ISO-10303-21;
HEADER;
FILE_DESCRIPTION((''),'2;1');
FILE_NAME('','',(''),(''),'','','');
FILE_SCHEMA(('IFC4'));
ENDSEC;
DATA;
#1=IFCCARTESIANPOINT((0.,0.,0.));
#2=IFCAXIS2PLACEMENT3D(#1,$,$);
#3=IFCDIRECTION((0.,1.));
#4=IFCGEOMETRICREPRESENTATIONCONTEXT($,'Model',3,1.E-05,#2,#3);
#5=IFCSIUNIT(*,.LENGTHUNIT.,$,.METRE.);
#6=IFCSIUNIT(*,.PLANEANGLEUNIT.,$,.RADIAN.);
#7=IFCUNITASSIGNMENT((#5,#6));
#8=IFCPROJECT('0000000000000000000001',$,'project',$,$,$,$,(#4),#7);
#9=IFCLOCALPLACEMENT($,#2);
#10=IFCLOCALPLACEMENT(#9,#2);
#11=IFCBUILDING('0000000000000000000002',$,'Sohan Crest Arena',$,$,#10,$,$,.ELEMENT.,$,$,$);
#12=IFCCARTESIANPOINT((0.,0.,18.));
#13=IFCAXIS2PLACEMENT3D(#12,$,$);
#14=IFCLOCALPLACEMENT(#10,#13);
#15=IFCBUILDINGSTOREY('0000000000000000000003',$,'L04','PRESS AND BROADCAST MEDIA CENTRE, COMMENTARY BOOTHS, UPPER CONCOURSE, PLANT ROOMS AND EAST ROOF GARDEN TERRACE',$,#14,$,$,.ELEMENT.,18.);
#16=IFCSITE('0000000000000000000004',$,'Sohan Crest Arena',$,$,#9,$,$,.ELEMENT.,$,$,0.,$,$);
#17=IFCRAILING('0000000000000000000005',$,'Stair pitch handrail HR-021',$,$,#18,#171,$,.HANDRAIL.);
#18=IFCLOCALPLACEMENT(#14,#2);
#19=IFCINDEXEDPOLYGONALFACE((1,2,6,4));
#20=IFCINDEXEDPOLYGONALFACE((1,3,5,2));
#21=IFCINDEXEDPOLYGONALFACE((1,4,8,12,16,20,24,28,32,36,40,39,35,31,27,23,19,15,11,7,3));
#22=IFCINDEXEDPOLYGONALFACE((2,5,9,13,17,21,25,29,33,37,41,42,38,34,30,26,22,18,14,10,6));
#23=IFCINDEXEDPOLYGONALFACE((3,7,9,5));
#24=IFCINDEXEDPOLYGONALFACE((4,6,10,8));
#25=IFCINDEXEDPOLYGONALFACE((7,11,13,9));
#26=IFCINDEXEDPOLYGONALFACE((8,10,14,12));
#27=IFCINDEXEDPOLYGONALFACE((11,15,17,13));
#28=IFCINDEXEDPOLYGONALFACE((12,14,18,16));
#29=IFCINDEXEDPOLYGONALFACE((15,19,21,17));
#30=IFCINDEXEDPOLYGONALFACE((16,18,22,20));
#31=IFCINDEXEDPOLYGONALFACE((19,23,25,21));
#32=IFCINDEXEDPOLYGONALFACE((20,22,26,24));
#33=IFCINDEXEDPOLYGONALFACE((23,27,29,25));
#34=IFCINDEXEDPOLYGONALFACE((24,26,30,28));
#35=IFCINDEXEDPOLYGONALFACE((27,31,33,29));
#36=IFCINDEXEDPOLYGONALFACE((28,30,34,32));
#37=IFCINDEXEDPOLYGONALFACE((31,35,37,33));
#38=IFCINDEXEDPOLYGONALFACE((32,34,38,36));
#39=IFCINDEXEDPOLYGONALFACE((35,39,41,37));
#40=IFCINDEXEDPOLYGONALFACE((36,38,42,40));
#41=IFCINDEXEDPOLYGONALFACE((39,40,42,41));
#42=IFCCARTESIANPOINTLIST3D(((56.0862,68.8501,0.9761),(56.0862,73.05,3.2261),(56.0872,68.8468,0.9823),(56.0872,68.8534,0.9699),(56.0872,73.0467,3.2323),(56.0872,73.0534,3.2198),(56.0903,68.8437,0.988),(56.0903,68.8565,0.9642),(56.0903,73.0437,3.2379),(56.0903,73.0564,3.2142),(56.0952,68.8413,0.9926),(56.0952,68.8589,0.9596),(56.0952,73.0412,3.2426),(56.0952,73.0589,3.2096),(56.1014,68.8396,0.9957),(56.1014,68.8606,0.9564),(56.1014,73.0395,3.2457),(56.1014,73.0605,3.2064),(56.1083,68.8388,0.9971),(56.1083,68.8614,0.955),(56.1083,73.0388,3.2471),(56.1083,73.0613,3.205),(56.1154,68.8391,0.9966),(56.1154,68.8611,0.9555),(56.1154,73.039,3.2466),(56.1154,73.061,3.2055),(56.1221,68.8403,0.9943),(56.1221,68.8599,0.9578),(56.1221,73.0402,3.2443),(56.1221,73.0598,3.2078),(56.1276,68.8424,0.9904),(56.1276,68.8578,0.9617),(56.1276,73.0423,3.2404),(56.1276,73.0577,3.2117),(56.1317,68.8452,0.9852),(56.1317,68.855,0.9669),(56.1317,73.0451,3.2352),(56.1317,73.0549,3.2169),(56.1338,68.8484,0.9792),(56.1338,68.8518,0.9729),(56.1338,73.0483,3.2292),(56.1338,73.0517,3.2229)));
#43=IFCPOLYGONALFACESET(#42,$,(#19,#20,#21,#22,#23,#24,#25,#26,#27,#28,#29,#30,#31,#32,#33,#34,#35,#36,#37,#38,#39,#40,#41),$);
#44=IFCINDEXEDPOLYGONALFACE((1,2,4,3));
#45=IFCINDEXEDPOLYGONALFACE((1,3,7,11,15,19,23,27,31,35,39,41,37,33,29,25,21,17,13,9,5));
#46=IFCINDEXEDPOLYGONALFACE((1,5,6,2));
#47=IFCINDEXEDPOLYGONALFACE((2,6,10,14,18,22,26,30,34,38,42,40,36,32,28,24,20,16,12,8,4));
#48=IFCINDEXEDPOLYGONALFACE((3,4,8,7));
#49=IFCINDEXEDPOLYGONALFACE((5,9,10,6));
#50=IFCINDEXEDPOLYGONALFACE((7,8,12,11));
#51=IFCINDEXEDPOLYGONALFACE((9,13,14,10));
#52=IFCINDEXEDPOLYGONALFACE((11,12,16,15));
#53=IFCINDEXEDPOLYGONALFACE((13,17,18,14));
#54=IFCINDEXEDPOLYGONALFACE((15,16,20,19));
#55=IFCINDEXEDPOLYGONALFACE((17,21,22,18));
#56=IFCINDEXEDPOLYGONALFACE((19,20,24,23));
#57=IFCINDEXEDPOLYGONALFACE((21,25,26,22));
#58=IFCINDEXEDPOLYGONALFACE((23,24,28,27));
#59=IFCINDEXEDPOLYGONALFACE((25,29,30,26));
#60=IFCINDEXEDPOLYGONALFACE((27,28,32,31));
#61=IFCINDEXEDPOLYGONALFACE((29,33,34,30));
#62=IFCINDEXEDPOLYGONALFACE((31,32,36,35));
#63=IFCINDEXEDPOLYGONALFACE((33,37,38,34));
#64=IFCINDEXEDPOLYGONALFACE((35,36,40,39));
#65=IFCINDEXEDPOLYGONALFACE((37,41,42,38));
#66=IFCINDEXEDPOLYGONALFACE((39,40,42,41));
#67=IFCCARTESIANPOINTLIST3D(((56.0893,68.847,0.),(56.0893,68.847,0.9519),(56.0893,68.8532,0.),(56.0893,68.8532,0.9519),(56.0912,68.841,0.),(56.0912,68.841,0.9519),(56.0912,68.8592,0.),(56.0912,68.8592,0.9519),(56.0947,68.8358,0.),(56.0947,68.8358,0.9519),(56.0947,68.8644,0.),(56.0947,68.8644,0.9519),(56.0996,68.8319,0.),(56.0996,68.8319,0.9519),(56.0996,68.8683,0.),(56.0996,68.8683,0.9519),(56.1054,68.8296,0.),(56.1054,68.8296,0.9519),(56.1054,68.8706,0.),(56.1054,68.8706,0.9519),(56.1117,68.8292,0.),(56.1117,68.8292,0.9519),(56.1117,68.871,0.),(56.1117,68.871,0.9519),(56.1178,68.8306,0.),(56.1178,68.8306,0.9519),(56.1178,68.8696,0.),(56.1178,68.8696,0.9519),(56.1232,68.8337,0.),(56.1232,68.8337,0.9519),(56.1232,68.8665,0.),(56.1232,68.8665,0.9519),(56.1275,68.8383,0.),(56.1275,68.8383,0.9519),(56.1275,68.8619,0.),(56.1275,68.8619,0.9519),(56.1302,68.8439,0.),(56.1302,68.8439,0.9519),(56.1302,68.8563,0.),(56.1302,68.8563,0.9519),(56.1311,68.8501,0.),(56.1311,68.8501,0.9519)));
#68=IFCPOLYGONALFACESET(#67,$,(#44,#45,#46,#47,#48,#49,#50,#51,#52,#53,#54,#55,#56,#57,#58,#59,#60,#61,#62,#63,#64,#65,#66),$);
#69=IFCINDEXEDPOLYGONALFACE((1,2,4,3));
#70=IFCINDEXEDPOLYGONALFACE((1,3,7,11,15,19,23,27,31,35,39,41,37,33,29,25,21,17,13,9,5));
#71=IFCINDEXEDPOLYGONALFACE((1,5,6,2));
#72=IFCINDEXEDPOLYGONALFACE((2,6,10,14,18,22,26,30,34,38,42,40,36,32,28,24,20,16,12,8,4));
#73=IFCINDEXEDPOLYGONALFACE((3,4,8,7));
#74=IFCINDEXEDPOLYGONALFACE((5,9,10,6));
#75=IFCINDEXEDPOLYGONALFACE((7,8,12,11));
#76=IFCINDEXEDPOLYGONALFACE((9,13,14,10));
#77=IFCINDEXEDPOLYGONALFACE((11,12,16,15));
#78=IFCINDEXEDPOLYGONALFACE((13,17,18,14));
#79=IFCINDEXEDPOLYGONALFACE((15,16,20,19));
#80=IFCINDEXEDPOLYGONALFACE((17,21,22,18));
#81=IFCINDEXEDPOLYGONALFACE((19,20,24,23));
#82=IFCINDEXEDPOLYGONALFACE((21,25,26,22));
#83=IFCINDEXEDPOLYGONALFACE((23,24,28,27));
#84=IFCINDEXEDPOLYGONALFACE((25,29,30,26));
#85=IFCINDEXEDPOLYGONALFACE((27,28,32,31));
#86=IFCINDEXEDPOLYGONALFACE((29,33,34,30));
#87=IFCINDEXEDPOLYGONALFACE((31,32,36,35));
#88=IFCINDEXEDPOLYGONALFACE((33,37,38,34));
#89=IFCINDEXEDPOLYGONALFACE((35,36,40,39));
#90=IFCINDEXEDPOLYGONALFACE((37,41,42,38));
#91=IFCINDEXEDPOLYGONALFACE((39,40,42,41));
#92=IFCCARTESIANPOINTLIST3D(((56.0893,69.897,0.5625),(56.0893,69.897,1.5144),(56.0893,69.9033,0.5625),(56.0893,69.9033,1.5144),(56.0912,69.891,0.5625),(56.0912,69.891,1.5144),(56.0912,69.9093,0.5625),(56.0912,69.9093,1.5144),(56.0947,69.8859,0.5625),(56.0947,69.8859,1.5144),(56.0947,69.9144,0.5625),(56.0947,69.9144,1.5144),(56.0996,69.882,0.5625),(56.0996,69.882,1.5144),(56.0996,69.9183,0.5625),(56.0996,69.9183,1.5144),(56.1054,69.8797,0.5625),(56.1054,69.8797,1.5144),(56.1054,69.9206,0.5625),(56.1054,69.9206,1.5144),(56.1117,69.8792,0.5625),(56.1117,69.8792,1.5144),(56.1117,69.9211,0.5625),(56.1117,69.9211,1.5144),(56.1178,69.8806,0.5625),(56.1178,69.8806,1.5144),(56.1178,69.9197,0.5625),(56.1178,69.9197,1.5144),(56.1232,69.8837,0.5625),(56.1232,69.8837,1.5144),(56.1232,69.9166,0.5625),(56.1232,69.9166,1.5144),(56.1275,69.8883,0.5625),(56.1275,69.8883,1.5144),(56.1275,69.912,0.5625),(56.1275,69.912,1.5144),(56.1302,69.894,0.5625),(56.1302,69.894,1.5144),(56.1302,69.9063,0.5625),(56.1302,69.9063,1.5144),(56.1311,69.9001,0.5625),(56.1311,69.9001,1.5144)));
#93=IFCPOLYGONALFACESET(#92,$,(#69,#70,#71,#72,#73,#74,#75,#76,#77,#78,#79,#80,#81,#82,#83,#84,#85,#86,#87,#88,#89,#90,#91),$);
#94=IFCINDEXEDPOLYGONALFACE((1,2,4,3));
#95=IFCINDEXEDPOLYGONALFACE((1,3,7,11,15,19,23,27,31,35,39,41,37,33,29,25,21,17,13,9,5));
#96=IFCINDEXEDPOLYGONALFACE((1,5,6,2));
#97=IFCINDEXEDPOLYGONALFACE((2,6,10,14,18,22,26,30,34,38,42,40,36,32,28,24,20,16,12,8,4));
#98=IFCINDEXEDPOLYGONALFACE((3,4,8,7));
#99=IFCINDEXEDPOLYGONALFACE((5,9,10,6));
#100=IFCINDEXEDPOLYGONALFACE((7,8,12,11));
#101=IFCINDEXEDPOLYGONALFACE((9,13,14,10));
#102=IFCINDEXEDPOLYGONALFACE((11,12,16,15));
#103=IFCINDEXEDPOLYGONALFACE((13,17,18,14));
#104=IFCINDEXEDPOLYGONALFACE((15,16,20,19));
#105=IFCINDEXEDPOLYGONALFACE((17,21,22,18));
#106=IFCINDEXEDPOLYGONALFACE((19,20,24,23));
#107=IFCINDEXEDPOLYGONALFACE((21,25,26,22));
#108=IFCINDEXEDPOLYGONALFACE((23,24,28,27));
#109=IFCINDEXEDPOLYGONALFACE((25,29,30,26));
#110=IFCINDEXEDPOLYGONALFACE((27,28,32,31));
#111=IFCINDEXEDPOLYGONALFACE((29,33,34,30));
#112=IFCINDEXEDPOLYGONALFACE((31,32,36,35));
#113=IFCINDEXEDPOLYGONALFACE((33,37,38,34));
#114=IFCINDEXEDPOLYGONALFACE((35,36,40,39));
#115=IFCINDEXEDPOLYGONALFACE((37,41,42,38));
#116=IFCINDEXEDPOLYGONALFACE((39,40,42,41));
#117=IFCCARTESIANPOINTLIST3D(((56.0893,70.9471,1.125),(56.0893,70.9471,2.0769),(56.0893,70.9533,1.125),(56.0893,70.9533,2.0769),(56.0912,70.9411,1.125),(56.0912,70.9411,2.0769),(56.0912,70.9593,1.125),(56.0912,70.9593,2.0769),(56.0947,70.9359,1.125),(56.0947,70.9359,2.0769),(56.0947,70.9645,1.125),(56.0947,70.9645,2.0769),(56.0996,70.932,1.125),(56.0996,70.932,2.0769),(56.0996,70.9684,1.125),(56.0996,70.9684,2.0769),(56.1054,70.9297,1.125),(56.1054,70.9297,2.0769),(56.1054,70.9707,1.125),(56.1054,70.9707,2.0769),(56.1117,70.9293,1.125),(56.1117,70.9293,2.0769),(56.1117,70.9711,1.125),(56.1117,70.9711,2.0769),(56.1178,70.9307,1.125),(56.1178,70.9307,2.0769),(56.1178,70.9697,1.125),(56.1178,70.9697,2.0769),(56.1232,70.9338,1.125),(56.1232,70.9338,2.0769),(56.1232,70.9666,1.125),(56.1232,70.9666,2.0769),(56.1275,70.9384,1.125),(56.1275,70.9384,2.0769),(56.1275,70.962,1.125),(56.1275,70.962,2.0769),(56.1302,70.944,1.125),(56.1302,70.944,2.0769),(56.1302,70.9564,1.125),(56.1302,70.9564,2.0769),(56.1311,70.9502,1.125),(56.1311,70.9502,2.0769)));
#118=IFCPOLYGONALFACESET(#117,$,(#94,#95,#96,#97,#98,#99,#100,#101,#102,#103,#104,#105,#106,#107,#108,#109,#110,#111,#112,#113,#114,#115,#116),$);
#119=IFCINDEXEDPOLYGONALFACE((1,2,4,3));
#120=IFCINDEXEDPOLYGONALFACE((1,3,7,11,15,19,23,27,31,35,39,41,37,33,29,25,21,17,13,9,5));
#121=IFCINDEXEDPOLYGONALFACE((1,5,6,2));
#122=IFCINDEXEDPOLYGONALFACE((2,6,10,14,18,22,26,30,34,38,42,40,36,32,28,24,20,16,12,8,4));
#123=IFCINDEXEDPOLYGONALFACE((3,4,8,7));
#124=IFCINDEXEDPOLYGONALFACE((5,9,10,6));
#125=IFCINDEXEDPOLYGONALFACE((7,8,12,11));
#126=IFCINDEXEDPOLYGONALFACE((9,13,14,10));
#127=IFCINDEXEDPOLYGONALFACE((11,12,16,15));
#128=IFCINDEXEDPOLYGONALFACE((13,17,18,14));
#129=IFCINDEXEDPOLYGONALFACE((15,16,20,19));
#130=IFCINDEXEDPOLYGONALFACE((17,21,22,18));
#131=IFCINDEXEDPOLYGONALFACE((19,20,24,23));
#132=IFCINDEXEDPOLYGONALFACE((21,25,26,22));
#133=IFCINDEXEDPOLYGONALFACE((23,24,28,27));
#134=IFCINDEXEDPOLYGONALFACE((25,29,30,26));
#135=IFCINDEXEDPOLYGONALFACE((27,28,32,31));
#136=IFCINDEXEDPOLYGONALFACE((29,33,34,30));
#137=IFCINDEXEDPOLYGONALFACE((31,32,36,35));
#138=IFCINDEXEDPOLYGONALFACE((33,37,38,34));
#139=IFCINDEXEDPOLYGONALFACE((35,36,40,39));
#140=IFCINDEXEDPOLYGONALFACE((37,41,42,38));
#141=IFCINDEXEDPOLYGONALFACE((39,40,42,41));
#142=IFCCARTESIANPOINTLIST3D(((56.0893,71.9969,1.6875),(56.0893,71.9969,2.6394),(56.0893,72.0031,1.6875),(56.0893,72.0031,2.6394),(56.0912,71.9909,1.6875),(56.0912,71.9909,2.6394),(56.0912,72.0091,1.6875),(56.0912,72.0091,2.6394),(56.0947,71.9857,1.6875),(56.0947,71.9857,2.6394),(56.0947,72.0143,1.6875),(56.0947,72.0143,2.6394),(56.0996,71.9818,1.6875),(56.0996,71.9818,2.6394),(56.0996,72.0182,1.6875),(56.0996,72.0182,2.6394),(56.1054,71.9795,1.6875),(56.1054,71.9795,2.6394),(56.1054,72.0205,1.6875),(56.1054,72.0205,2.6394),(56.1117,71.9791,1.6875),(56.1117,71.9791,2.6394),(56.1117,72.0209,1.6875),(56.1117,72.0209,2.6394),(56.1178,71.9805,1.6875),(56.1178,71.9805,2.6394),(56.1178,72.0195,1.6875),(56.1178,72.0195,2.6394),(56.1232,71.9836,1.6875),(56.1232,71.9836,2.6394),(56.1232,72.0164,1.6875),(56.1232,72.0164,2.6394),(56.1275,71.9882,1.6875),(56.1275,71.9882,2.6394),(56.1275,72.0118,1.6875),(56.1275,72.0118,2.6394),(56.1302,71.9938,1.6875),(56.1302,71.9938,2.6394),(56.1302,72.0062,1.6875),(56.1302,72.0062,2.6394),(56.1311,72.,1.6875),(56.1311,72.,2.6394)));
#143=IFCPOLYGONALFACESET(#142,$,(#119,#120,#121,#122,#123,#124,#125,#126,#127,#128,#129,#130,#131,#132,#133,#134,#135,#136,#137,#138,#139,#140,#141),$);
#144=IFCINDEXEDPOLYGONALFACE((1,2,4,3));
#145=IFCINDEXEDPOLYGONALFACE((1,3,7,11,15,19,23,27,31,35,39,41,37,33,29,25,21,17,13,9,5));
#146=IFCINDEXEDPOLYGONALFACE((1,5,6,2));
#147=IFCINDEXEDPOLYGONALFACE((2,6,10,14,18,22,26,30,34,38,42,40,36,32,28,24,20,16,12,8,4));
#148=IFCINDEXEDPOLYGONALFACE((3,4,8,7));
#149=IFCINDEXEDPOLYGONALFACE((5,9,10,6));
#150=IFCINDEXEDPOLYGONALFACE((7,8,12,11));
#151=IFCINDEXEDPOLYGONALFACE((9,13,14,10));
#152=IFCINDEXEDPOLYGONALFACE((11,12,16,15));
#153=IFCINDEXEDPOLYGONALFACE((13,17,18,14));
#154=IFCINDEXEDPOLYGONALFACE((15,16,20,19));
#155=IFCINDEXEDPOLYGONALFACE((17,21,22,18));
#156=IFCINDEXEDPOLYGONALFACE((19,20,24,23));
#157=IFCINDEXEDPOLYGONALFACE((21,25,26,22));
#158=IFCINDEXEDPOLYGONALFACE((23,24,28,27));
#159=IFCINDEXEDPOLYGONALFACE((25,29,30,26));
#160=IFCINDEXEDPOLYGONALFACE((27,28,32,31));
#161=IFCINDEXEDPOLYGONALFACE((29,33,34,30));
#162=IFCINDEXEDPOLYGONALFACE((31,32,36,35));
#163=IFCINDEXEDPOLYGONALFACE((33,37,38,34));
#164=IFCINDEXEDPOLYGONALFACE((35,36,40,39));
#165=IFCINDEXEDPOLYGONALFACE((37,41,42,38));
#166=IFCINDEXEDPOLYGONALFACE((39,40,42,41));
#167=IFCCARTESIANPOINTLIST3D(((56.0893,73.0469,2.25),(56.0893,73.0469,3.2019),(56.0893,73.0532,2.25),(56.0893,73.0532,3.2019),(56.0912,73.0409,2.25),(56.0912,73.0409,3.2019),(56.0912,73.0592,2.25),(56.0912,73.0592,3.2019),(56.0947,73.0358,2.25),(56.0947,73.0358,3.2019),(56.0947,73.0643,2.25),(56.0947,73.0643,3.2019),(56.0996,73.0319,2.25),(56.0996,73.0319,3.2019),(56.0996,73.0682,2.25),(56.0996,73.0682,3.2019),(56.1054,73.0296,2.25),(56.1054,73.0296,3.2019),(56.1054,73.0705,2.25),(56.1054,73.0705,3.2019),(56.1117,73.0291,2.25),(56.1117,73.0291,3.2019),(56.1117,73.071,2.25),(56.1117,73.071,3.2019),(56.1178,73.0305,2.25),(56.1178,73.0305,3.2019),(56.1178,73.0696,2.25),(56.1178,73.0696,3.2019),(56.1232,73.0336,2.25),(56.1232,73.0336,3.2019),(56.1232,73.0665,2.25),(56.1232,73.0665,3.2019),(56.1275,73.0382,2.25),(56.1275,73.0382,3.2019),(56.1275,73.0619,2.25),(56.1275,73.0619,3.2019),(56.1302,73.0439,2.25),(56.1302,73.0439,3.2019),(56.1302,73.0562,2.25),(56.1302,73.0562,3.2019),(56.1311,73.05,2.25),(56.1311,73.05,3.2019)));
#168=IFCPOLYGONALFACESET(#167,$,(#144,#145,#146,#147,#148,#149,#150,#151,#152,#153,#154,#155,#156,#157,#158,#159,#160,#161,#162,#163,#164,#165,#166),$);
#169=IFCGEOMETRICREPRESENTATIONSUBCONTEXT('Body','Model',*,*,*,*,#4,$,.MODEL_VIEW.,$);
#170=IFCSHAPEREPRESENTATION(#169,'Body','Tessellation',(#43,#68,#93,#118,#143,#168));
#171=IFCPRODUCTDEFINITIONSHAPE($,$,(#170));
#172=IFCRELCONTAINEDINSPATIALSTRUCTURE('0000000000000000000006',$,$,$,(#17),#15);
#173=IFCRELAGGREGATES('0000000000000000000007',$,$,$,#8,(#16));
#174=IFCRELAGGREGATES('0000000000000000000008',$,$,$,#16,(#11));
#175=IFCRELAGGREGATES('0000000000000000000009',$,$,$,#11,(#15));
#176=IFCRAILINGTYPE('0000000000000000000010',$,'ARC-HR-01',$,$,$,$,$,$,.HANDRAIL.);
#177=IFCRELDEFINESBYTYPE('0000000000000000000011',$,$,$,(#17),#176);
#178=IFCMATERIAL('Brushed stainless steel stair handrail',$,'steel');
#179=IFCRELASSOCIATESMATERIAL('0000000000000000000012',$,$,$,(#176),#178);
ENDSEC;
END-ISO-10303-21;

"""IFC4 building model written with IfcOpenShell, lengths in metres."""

from ifc_helpers import new_model, si_unit, direction, frame, origin, origin_2d, place, context, subcontext, project, spatial, circle, extrude, material, type_object, element, save


model = new_model("IFC4")

# Units and contexts
model_context = context("Model", 3, precision=1e-05, world=origin(), true_north=direction((0.0, 1.0)))
body_context = subcontext(model_context, "Body", "Model", "MODEL_VIEW")
ifc_project = project(units=[si_unit("LENGTHUNIT", "METRE"), si_unit("PLANEANGLEUNIT", "RADIAN")], contexts=[model_context])

# Site, building, storey
site_placement = place(None, origin())
site = spatial("IfcSite", under=ifc_project, at=site_placement, Name="Sohan Crest Arena", CompositionType="ELEMENT", RefElevation=0.0)
building_placement = place(site_placement, origin())
building = spatial("IfcBuilding", under=site, at=building_placement, Name="Sohan Crest Arena", CompositionType="ELEMENT")
storey_placement = place(building_placement, frame((0.0, 0.0, 18.0)))
storey = spatial("IfcBuildingStorey", under=building, at=storey_placement, Name="L04", Description="PRESS AND BROADCAST MEDIA CENTRE, COMMENTARY BOOTHS, UPPER CONCOURSE, PLANT ROOMS AND EAST ROOF GARDEN TERRACE", CompositionType="ELEMENT", Elevation=18.0)

# Railing
ifc_material_1 = material(Name="Brushed stainless steel stair handrail", Category="steel")
railing_type_1 = type_object("IfcRailingType", Name="ARC-HR-01", PredefinedType="HANDRAIL", material=ifc_material_1)
for number, where, name in (
    (1, (56.1101, 68.8501, 0.0), "Stair pitch handrail HR-021"),
):
    element("IfcRailing", number, at=place(storey_placement, frame(where)), inside=storey, type_object=railing_type_1, Name=name, PredefinedType="HANDRAIL", context=body_context, shape_type="SweptSolid", body=[
        extrude(circle(Radius=0.0239, at=origin_2d()), frame((0.0, 0.0, 0.9761), z_axis=(0.0, 0.881478, 0.472226), x_axis=(-1.0, 0.0, 0.0)), (0.0, 0.0, 1.0), 4.7646),
        extrude(circle(Radius=0.021, at=origin_2d()), origin(), (0.0, 0.0, 1.0), 0.9519),
        extrude(circle(Radius=0.021, at=origin_2d()), frame((0.0, 1.05, 0.5625)), (0.0, 0.0, 1.0), 0.9519),
        extrude(circle(Radius=0.021, at=origin_2d()), frame((0.0, 2.1001, 1.125)), (0.0, 0.0, 1.0), 0.9519),
        extrude(circle(Radius=0.021, at=origin_2d()), frame((0.0, 3.1499, 1.6875)), (0.0, 0.0, 1.0), 0.9519),
        extrude(circle(Radius=0.021, at=origin_2d()), frame((0.0, 4.2, 2.25)), (0.0, 0.0, 1.0), 0.9519),
    ])

save(model, "model.ifc")
